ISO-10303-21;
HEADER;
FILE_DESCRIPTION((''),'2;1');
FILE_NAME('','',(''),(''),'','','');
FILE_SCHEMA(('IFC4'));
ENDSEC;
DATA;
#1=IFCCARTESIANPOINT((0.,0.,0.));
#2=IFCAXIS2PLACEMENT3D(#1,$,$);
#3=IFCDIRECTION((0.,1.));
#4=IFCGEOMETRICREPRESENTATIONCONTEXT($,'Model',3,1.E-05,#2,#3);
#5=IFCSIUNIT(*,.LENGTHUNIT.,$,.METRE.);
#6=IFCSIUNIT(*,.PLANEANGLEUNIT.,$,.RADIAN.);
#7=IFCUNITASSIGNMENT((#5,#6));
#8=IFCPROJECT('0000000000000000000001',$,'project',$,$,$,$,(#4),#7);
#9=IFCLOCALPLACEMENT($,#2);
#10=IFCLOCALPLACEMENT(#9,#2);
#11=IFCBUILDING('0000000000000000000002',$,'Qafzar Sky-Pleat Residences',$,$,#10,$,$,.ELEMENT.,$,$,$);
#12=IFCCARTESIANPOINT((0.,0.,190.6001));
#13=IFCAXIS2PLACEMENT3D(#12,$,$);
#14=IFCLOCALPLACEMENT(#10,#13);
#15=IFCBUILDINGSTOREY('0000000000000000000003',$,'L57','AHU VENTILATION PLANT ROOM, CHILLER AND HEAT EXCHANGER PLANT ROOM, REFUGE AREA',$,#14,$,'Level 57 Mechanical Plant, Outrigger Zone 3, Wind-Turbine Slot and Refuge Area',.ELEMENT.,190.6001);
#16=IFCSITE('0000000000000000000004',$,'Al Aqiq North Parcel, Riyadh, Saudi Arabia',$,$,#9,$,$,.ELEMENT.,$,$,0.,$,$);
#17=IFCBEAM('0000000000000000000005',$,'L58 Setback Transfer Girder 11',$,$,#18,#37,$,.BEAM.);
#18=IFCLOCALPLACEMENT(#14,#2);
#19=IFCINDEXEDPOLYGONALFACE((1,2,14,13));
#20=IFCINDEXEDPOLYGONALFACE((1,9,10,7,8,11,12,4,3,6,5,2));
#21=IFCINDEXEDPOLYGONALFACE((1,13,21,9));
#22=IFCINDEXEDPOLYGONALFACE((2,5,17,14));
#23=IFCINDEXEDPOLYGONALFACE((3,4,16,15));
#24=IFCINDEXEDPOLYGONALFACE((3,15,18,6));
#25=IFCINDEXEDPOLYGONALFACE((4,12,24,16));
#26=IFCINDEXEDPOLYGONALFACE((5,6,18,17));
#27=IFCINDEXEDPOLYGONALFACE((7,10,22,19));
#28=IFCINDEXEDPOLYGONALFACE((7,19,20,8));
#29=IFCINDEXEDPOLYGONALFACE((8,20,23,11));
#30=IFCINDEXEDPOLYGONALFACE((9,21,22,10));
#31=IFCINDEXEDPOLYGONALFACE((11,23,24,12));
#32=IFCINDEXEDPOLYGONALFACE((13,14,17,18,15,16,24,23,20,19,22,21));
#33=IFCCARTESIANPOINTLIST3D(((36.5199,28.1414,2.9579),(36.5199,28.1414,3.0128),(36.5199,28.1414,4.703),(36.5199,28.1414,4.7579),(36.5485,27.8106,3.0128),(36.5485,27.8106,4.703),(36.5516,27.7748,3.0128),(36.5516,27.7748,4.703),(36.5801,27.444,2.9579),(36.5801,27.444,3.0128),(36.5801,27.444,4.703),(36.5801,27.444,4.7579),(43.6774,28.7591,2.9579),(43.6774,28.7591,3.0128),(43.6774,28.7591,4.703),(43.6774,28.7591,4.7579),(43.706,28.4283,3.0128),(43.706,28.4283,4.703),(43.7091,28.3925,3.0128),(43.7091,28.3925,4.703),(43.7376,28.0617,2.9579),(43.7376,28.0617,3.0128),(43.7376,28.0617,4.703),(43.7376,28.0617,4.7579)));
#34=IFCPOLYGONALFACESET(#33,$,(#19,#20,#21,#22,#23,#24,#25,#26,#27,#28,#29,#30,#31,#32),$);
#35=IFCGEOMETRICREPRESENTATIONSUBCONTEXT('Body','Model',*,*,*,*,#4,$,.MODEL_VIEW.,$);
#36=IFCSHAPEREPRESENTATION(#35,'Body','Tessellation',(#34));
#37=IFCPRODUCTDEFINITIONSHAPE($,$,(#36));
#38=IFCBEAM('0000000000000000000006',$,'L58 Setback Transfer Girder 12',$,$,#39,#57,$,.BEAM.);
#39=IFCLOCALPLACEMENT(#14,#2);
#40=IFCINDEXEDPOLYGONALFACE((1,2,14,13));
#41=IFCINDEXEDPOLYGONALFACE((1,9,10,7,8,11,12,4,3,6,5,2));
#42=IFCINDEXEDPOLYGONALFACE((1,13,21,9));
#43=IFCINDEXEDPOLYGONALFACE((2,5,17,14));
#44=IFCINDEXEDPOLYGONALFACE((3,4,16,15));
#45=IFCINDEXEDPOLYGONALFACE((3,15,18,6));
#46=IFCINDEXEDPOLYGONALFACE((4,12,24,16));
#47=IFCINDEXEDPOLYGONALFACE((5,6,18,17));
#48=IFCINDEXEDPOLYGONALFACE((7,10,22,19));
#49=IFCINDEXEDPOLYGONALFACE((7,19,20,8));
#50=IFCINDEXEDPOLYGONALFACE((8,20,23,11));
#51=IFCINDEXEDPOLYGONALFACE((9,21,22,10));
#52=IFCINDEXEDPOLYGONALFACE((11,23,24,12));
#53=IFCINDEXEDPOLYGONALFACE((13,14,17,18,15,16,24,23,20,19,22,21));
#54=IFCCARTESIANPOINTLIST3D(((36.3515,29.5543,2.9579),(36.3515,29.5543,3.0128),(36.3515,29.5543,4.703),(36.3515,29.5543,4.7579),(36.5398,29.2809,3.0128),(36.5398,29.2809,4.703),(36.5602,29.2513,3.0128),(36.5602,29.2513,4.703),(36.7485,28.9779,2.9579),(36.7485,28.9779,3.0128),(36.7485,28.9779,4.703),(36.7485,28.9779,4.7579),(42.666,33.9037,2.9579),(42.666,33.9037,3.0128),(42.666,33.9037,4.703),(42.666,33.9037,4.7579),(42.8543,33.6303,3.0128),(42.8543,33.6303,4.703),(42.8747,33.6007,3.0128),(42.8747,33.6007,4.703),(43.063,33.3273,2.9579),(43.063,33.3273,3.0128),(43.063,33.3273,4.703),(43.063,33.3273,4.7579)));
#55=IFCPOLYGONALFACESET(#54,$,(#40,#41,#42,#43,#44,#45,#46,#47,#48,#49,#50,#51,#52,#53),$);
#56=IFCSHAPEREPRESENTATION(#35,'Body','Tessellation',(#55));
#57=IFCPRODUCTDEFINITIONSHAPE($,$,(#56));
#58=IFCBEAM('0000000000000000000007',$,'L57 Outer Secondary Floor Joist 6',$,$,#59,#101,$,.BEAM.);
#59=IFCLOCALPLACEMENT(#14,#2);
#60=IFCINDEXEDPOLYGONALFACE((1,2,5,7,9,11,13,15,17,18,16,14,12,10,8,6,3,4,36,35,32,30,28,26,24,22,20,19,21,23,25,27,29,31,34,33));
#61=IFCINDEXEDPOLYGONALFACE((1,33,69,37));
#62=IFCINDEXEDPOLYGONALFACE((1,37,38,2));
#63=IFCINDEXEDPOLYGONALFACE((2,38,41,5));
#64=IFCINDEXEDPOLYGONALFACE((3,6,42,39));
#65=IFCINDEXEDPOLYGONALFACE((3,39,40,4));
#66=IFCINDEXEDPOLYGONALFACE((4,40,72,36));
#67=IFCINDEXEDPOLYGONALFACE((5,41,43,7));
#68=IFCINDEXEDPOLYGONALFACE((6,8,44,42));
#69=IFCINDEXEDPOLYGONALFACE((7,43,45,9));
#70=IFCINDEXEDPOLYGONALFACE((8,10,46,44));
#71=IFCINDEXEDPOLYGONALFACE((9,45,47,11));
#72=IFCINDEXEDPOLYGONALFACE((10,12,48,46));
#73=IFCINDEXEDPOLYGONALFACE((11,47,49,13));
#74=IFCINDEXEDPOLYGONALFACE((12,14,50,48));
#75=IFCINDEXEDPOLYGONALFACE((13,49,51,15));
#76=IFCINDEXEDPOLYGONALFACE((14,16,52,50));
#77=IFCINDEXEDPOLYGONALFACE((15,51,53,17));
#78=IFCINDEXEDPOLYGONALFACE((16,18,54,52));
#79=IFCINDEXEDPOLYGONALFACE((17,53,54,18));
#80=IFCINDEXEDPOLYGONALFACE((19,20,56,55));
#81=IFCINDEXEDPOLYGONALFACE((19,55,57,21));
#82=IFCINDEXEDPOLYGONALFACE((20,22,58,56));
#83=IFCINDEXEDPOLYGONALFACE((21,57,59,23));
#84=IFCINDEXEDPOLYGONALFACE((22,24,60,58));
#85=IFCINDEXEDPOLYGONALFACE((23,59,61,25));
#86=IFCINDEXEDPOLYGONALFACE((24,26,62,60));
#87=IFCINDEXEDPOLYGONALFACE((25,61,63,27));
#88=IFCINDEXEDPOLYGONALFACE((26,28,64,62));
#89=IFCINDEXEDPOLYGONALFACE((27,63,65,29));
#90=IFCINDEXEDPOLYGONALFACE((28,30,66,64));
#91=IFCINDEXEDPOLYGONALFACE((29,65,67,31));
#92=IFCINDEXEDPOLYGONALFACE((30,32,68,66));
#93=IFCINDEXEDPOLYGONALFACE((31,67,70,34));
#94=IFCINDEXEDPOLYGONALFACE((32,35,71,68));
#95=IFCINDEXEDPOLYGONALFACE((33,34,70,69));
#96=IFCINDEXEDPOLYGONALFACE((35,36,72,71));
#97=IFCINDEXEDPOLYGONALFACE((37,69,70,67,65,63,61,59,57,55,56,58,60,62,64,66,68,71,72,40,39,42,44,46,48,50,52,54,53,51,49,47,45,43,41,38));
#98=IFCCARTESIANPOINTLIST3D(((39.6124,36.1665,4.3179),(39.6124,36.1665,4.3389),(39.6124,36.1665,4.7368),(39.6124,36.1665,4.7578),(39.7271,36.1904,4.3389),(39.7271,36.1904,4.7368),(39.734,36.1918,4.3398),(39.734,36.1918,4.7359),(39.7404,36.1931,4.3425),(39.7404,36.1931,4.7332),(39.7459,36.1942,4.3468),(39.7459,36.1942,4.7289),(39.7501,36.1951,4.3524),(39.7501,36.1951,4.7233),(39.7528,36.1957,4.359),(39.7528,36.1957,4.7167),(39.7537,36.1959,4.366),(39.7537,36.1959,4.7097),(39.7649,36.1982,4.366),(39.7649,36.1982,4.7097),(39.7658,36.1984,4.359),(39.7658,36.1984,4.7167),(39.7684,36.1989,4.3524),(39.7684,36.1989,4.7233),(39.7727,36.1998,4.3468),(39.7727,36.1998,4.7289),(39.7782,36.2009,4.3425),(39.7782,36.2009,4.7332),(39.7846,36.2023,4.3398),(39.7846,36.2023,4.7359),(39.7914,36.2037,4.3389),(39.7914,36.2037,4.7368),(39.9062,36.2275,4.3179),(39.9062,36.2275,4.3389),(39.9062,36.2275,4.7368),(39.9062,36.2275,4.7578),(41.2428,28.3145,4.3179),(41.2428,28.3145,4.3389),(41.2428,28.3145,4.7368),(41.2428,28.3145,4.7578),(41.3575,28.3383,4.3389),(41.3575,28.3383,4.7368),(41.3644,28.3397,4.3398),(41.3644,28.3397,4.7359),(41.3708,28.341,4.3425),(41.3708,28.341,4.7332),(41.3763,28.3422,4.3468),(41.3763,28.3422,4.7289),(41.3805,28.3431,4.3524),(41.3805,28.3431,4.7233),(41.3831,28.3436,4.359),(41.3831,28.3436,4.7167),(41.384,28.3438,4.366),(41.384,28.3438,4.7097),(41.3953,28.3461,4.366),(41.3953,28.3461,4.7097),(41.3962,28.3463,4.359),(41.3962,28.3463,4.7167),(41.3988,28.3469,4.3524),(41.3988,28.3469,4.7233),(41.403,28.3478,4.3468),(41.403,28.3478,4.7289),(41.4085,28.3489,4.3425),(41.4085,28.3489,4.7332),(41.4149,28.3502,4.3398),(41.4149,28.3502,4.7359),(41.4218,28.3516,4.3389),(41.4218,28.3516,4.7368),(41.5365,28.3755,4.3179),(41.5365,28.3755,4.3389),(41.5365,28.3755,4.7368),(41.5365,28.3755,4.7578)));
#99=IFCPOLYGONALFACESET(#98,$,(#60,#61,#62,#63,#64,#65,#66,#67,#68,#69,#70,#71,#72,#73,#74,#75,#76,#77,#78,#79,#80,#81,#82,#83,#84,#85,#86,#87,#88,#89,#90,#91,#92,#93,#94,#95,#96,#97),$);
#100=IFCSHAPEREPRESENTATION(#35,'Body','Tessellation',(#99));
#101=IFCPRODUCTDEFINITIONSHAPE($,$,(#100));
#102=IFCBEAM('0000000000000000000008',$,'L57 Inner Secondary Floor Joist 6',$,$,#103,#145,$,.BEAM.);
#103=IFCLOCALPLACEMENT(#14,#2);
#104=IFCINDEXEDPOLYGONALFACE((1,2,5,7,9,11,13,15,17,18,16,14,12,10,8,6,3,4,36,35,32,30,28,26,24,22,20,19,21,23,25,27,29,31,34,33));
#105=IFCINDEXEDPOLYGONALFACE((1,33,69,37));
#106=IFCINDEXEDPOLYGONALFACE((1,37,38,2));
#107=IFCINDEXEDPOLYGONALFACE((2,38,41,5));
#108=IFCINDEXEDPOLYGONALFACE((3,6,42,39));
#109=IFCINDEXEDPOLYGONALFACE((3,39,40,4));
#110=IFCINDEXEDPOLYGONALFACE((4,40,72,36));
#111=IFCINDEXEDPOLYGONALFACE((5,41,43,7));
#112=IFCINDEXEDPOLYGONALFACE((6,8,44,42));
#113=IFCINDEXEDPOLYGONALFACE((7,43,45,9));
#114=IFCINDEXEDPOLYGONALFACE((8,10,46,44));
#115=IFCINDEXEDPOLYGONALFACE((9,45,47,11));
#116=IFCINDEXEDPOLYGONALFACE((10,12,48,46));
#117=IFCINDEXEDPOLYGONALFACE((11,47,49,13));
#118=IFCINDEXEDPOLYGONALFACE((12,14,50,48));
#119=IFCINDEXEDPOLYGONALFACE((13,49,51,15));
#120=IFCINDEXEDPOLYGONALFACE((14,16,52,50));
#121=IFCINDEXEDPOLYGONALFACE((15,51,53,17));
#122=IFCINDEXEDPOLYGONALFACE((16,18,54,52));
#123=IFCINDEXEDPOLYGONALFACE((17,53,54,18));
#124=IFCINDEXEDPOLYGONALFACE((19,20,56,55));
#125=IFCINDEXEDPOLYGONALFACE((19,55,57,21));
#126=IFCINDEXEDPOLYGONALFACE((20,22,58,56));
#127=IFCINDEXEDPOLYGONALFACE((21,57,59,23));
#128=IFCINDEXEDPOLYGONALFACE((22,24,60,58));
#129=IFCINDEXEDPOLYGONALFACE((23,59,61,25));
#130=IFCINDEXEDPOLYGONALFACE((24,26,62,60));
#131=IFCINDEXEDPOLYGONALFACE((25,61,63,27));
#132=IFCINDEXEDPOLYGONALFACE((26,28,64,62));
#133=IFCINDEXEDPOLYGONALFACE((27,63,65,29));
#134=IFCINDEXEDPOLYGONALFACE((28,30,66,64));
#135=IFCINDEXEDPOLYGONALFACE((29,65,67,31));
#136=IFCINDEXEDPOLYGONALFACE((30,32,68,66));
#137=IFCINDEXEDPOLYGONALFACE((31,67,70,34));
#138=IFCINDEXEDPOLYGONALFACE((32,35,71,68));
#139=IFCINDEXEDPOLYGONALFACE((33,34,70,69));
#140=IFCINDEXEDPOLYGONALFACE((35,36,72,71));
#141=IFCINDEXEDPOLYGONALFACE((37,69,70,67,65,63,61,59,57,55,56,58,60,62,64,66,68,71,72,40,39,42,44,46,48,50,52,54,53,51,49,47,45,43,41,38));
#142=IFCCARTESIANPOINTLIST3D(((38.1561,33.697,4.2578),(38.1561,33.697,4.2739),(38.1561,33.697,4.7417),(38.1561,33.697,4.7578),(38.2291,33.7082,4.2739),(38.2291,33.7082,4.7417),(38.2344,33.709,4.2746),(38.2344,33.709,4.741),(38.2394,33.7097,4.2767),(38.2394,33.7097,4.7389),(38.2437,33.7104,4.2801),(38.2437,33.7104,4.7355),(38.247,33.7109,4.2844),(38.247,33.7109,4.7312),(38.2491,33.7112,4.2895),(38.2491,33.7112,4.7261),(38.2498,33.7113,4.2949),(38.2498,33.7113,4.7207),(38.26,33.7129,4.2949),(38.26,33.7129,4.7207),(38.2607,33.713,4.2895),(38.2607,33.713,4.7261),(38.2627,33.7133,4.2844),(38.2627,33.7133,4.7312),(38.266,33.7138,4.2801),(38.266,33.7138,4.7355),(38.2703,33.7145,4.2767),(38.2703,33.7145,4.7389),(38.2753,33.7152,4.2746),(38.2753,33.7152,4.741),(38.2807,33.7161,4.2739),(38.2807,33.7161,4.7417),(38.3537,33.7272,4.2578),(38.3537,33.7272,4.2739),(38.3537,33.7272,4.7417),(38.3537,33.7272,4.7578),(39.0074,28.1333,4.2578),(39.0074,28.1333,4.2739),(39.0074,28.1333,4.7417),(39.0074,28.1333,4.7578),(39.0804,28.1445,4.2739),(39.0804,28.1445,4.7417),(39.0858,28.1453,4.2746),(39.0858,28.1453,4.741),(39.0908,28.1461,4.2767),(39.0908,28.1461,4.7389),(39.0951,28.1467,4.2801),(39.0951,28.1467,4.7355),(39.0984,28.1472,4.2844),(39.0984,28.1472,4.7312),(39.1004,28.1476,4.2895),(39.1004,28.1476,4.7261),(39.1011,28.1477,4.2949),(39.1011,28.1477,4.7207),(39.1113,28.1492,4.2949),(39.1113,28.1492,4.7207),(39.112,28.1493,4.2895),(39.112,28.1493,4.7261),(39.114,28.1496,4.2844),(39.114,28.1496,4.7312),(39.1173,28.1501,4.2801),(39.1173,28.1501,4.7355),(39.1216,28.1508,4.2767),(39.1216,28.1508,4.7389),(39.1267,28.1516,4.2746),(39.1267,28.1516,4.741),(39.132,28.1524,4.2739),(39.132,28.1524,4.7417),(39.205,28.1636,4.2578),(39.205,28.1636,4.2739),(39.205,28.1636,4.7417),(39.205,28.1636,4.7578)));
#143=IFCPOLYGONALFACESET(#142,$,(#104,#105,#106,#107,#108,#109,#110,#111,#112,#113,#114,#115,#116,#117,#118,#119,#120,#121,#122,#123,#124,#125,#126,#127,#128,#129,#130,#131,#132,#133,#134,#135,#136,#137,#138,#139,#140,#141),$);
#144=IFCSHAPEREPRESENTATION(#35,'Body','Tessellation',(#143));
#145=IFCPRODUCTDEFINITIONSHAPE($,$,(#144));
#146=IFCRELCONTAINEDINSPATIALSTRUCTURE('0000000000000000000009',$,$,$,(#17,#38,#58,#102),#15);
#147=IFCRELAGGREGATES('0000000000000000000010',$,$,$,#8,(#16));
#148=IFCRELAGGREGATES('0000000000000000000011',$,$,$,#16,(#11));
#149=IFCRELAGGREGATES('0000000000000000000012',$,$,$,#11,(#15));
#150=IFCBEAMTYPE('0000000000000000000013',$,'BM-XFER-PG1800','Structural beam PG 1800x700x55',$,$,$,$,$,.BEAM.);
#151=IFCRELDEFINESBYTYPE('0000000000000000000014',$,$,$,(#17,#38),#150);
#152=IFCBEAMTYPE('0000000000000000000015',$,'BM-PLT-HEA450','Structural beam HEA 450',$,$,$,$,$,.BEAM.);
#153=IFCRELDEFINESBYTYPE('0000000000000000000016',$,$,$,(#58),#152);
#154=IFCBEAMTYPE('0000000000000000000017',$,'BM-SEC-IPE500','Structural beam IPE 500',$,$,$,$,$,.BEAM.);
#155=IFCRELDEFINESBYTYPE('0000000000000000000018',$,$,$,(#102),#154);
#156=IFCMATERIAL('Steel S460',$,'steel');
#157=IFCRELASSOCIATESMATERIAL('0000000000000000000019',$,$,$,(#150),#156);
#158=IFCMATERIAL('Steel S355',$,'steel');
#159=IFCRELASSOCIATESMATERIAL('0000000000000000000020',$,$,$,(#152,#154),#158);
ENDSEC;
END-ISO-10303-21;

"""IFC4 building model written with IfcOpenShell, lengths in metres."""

from ifc_helpers import new_model, si_unit, direction, frame, origin, origin_2d, place, context, subcontext, project, spatial, i_section, extrude, source, transform, mapped, material, material_profile, profile_set, type_object, element, save


model = new_model("IFC4")

# Units and contexts
model_context = context("Model", 3, precision=1e-05, world=origin(), true_north=direction((0.0, 1.0)))
body_context = subcontext(model_context, "Body", "Model", "MODEL_VIEW")
ifc_project = project(units=[si_unit("LENGTHUNIT", "METRE"), si_unit("PLANEANGLEUNIT", "RADIAN")], contexts=[model_context])

# Site, building, storey
site_placement = place(None, origin())
site = spatial("IfcSite", under=ifc_project, at=site_placement, Name="Al Aqiq North Parcel, Riyadh, Saudi Arabia", CompositionType="ELEMENT", RefElevation=0.0)
building_placement = place(site_placement, origin())
building = spatial("IfcBuilding", under=site, at=building_placement, Name="Qafzar Sky-Pleat Residences", CompositionType="ELEMENT")
storey_placement = place(building_placement, frame((0.0, 0.0, 190.6001)))
storey = spatial("IfcBuildingStorey", under=building, at=storey_placement, Name="L57", Description="AHU VENTILATION PLANT ROOM, CHILLER AND HEAT EXCHANGER PLANT ROOM, REFUGE AREA", LongName="Level 57 Mechanical Plant, Outrigger Zone 3, Wind-Turbine Slot and Refuge Area", CompositionType="ELEMENT", Elevation=190.6001)

# Shared definitions
ifc_material_1 = material(Name="Steel S355", Category="steel")

# Beams
ifc_material_2 = material(Name="Steel S460", Category="steel")
ifc_material_profile_1 = material_profile(ifc_material_2, i_section(OverallWidth=0.7, OverallDepth=1.8, WebThickness=0.0359, FlangeThickness=0.0549, at=origin_2d()), Name="PG 1800x700x55")
ifc_profile_set_1 = profile_set([ifc_material_profile_1], Name="Steel S460")
beam_type_1 = type_object("IfcBeamType", Name="BM-XFER-PG1800", Description="Structural beam PG 1800x700x55", PredefinedType="BEAM", material=ifc_profile_set_1)
shared_shape_1 = source(origin(), body_context, "Body", "SweptSolid", [
    extrude(i_section(OverallWidth=0.7, OverallDepth=1.8, WebThickness=0.0359, FlangeThickness=0.0549, at=origin_2d()), origin(), (0.0, 0.0, 1.0), 7.1841),
])
beam_1_placement = place(storey_placement, frame((43.7075, 28.4104, 3.8579), z_axis=(-0.996297, -0.085978, 0.0), x_axis=(0.085978, -0.996297, 0.0)))
element("IfcBeam", 1, at=beam_1_placement, inside=storey, type_object=beam_type_1, Name="L58 Setback Transfer Girder 11", PredefinedType="BEAM", context=body_context, shape_type="MappedRepresentation", body=[
    mapped(shared_shape_1, transform((0.0, 0.0, 0.0), x_axis=(1.0, 0.0, 0.0), y_axis=(0.0, 1.0, 0.0), z_axis=(0.0, 0.0, 1.0), scale=1.0)),
])
shared_shape_2 = source(origin(), body_context, "Body", "SweptSolid", [
    extrude(i_section(OverallWidth=0.7, OverallDepth=1.8, WebThickness=0.0359, FlangeThickness=0.0549, at=origin_2d()), origin(), (0.0, 0.0, 1.0), 7.6675),
])
beam_2_placement = place(storey_placement, frame((42.8645, 33.6155, 3.8579), z_axis=(-0.823544, -0.567253, 0.0), x_axis=(0.567253, -0.823544, 0.0)))
element("IfcBeam", 2, at=beam_2_placement, inside=storey, type_object=beam_type_1, Name="L58 Setback Transfer Girder 12", PredefinedType="BEAM", context=body_context, shape_type="MappedRepresentation", body=[
    mapped(shared_shape_2, transform((0.0, 0.0, 0.0), x_axis=(1.0, 0.0, 0.0), y_axis=(0.0, 1.0, 0.0), z_axis=(0.0, 0.0, 1.0), scale=1.0)),
])
ifc_material_profile_2 = material_profile(ifc_material_1, i_section(OverallWidth=0.3, OverallDepth=0.4399, WebThickness=0.0115, FlangeThickness=0.021, FilletRadius=0.0271, at=origin_2d()), Name="HEA 450")
ifc_profile_set_2 = profile_set([ifc_material_profile_2], Name="Steel S355")
beam_type_2 = type_object("IfcBeamType", Name="BM-PLT-HEA450", Description="Structural beam HEA 450", PredefinedType="BEAM", material=ifc_profile_set_2)
shared_shape_3 = source(origin(), body_context, "Body", "SweptSolid", [
    extrude(i_section(OverallWidth=0.3, OverallDepth=0.4399, WebThickness=0.0115, FlangeThickness=0.021, FilletRadius=0.0271, at=origin_2d()), origin(), (0.0, 0.0, 1.0), 8.0195),
])
beam_3_placement = place(storey_placement, frame((41.3896, 28.345, 4.5378), z_axis=(-0.2033, 0.979116, 0.0), x_axis=(-0.979116, -0.2033, 0.0)))
element("IfcBeam", 3, at=beam_3_placement, inside=storey, type_object=beam_type_2, Name="L57 Outer Secondary Floor Joist 6", PredefinedType="BEAM", context=body_context, shape_type="MappedRepresentation", body=[
    mapped(shared_shape_3, transform((0.0, 0.0, 0.0), x_axis=(1.0, 0.0, 0.0), y_axis=(0.0, 1.0, 0.0), z_axis=(0.0, 0.0, 1.0), scale=1.0)),
])
ifc_material_profile_3 = material_profile(ifc_material_1, i_section(OverallWidth=0.2, OverallDepth=0.5, WebThickness=0.0103, FlangeThickness=0.0161, FilletRadius=0.021, at=origin_2d()), Name="IPE 500")
ifc_profile_set_3 = profile_set([ifc_material_profile_3], Name="Steel S355")
beam_type_3 = type_object("IfcBeamType", Name="BM-SEC-IPE500", Description="Structural beam IPE 500", PredefinedType="BEAM", material=ifc_profile_set_3)
shared_shape_4 = source(origin(), body_context, "Body", "SweptSolid", [
    extrude(i_section(OverallWidth=0.2, OverallDepth=0.5, WebThickness=0.0103, FlangeThickness=0.0161, FilletRadius=0.021, at=origin_2d()), origin(), (0.0, 0.0, 1.0), 5.6284),
])
beam_4_placement = place(storey_placement, frame((39.1062, 28.1484, 4.5078), z_axis=(-0.151252, 0.988495, 0.0), x_axis=(-0.988495, -0.151252, 0.0)))
element("IfcBeam", 4, at=beam_4_placement, inside=storey, type_object=beam_type_3, Name="L57 Inner Secondary Floor Joist 6", PredefinedType="BEAM", context=body_context, shape_type="MappedRepresentation", body=[
    mapped(shared_shape_4, transform((0.0, 0.0, 0.0), x_axis=(1.0, 0.0, 0.0), y_axis=(0.0, 1.0, 0.0), z_axis=(0.0, 0.0, 1.0), scale=1.0)),
])

save(model, "model.ifc")
